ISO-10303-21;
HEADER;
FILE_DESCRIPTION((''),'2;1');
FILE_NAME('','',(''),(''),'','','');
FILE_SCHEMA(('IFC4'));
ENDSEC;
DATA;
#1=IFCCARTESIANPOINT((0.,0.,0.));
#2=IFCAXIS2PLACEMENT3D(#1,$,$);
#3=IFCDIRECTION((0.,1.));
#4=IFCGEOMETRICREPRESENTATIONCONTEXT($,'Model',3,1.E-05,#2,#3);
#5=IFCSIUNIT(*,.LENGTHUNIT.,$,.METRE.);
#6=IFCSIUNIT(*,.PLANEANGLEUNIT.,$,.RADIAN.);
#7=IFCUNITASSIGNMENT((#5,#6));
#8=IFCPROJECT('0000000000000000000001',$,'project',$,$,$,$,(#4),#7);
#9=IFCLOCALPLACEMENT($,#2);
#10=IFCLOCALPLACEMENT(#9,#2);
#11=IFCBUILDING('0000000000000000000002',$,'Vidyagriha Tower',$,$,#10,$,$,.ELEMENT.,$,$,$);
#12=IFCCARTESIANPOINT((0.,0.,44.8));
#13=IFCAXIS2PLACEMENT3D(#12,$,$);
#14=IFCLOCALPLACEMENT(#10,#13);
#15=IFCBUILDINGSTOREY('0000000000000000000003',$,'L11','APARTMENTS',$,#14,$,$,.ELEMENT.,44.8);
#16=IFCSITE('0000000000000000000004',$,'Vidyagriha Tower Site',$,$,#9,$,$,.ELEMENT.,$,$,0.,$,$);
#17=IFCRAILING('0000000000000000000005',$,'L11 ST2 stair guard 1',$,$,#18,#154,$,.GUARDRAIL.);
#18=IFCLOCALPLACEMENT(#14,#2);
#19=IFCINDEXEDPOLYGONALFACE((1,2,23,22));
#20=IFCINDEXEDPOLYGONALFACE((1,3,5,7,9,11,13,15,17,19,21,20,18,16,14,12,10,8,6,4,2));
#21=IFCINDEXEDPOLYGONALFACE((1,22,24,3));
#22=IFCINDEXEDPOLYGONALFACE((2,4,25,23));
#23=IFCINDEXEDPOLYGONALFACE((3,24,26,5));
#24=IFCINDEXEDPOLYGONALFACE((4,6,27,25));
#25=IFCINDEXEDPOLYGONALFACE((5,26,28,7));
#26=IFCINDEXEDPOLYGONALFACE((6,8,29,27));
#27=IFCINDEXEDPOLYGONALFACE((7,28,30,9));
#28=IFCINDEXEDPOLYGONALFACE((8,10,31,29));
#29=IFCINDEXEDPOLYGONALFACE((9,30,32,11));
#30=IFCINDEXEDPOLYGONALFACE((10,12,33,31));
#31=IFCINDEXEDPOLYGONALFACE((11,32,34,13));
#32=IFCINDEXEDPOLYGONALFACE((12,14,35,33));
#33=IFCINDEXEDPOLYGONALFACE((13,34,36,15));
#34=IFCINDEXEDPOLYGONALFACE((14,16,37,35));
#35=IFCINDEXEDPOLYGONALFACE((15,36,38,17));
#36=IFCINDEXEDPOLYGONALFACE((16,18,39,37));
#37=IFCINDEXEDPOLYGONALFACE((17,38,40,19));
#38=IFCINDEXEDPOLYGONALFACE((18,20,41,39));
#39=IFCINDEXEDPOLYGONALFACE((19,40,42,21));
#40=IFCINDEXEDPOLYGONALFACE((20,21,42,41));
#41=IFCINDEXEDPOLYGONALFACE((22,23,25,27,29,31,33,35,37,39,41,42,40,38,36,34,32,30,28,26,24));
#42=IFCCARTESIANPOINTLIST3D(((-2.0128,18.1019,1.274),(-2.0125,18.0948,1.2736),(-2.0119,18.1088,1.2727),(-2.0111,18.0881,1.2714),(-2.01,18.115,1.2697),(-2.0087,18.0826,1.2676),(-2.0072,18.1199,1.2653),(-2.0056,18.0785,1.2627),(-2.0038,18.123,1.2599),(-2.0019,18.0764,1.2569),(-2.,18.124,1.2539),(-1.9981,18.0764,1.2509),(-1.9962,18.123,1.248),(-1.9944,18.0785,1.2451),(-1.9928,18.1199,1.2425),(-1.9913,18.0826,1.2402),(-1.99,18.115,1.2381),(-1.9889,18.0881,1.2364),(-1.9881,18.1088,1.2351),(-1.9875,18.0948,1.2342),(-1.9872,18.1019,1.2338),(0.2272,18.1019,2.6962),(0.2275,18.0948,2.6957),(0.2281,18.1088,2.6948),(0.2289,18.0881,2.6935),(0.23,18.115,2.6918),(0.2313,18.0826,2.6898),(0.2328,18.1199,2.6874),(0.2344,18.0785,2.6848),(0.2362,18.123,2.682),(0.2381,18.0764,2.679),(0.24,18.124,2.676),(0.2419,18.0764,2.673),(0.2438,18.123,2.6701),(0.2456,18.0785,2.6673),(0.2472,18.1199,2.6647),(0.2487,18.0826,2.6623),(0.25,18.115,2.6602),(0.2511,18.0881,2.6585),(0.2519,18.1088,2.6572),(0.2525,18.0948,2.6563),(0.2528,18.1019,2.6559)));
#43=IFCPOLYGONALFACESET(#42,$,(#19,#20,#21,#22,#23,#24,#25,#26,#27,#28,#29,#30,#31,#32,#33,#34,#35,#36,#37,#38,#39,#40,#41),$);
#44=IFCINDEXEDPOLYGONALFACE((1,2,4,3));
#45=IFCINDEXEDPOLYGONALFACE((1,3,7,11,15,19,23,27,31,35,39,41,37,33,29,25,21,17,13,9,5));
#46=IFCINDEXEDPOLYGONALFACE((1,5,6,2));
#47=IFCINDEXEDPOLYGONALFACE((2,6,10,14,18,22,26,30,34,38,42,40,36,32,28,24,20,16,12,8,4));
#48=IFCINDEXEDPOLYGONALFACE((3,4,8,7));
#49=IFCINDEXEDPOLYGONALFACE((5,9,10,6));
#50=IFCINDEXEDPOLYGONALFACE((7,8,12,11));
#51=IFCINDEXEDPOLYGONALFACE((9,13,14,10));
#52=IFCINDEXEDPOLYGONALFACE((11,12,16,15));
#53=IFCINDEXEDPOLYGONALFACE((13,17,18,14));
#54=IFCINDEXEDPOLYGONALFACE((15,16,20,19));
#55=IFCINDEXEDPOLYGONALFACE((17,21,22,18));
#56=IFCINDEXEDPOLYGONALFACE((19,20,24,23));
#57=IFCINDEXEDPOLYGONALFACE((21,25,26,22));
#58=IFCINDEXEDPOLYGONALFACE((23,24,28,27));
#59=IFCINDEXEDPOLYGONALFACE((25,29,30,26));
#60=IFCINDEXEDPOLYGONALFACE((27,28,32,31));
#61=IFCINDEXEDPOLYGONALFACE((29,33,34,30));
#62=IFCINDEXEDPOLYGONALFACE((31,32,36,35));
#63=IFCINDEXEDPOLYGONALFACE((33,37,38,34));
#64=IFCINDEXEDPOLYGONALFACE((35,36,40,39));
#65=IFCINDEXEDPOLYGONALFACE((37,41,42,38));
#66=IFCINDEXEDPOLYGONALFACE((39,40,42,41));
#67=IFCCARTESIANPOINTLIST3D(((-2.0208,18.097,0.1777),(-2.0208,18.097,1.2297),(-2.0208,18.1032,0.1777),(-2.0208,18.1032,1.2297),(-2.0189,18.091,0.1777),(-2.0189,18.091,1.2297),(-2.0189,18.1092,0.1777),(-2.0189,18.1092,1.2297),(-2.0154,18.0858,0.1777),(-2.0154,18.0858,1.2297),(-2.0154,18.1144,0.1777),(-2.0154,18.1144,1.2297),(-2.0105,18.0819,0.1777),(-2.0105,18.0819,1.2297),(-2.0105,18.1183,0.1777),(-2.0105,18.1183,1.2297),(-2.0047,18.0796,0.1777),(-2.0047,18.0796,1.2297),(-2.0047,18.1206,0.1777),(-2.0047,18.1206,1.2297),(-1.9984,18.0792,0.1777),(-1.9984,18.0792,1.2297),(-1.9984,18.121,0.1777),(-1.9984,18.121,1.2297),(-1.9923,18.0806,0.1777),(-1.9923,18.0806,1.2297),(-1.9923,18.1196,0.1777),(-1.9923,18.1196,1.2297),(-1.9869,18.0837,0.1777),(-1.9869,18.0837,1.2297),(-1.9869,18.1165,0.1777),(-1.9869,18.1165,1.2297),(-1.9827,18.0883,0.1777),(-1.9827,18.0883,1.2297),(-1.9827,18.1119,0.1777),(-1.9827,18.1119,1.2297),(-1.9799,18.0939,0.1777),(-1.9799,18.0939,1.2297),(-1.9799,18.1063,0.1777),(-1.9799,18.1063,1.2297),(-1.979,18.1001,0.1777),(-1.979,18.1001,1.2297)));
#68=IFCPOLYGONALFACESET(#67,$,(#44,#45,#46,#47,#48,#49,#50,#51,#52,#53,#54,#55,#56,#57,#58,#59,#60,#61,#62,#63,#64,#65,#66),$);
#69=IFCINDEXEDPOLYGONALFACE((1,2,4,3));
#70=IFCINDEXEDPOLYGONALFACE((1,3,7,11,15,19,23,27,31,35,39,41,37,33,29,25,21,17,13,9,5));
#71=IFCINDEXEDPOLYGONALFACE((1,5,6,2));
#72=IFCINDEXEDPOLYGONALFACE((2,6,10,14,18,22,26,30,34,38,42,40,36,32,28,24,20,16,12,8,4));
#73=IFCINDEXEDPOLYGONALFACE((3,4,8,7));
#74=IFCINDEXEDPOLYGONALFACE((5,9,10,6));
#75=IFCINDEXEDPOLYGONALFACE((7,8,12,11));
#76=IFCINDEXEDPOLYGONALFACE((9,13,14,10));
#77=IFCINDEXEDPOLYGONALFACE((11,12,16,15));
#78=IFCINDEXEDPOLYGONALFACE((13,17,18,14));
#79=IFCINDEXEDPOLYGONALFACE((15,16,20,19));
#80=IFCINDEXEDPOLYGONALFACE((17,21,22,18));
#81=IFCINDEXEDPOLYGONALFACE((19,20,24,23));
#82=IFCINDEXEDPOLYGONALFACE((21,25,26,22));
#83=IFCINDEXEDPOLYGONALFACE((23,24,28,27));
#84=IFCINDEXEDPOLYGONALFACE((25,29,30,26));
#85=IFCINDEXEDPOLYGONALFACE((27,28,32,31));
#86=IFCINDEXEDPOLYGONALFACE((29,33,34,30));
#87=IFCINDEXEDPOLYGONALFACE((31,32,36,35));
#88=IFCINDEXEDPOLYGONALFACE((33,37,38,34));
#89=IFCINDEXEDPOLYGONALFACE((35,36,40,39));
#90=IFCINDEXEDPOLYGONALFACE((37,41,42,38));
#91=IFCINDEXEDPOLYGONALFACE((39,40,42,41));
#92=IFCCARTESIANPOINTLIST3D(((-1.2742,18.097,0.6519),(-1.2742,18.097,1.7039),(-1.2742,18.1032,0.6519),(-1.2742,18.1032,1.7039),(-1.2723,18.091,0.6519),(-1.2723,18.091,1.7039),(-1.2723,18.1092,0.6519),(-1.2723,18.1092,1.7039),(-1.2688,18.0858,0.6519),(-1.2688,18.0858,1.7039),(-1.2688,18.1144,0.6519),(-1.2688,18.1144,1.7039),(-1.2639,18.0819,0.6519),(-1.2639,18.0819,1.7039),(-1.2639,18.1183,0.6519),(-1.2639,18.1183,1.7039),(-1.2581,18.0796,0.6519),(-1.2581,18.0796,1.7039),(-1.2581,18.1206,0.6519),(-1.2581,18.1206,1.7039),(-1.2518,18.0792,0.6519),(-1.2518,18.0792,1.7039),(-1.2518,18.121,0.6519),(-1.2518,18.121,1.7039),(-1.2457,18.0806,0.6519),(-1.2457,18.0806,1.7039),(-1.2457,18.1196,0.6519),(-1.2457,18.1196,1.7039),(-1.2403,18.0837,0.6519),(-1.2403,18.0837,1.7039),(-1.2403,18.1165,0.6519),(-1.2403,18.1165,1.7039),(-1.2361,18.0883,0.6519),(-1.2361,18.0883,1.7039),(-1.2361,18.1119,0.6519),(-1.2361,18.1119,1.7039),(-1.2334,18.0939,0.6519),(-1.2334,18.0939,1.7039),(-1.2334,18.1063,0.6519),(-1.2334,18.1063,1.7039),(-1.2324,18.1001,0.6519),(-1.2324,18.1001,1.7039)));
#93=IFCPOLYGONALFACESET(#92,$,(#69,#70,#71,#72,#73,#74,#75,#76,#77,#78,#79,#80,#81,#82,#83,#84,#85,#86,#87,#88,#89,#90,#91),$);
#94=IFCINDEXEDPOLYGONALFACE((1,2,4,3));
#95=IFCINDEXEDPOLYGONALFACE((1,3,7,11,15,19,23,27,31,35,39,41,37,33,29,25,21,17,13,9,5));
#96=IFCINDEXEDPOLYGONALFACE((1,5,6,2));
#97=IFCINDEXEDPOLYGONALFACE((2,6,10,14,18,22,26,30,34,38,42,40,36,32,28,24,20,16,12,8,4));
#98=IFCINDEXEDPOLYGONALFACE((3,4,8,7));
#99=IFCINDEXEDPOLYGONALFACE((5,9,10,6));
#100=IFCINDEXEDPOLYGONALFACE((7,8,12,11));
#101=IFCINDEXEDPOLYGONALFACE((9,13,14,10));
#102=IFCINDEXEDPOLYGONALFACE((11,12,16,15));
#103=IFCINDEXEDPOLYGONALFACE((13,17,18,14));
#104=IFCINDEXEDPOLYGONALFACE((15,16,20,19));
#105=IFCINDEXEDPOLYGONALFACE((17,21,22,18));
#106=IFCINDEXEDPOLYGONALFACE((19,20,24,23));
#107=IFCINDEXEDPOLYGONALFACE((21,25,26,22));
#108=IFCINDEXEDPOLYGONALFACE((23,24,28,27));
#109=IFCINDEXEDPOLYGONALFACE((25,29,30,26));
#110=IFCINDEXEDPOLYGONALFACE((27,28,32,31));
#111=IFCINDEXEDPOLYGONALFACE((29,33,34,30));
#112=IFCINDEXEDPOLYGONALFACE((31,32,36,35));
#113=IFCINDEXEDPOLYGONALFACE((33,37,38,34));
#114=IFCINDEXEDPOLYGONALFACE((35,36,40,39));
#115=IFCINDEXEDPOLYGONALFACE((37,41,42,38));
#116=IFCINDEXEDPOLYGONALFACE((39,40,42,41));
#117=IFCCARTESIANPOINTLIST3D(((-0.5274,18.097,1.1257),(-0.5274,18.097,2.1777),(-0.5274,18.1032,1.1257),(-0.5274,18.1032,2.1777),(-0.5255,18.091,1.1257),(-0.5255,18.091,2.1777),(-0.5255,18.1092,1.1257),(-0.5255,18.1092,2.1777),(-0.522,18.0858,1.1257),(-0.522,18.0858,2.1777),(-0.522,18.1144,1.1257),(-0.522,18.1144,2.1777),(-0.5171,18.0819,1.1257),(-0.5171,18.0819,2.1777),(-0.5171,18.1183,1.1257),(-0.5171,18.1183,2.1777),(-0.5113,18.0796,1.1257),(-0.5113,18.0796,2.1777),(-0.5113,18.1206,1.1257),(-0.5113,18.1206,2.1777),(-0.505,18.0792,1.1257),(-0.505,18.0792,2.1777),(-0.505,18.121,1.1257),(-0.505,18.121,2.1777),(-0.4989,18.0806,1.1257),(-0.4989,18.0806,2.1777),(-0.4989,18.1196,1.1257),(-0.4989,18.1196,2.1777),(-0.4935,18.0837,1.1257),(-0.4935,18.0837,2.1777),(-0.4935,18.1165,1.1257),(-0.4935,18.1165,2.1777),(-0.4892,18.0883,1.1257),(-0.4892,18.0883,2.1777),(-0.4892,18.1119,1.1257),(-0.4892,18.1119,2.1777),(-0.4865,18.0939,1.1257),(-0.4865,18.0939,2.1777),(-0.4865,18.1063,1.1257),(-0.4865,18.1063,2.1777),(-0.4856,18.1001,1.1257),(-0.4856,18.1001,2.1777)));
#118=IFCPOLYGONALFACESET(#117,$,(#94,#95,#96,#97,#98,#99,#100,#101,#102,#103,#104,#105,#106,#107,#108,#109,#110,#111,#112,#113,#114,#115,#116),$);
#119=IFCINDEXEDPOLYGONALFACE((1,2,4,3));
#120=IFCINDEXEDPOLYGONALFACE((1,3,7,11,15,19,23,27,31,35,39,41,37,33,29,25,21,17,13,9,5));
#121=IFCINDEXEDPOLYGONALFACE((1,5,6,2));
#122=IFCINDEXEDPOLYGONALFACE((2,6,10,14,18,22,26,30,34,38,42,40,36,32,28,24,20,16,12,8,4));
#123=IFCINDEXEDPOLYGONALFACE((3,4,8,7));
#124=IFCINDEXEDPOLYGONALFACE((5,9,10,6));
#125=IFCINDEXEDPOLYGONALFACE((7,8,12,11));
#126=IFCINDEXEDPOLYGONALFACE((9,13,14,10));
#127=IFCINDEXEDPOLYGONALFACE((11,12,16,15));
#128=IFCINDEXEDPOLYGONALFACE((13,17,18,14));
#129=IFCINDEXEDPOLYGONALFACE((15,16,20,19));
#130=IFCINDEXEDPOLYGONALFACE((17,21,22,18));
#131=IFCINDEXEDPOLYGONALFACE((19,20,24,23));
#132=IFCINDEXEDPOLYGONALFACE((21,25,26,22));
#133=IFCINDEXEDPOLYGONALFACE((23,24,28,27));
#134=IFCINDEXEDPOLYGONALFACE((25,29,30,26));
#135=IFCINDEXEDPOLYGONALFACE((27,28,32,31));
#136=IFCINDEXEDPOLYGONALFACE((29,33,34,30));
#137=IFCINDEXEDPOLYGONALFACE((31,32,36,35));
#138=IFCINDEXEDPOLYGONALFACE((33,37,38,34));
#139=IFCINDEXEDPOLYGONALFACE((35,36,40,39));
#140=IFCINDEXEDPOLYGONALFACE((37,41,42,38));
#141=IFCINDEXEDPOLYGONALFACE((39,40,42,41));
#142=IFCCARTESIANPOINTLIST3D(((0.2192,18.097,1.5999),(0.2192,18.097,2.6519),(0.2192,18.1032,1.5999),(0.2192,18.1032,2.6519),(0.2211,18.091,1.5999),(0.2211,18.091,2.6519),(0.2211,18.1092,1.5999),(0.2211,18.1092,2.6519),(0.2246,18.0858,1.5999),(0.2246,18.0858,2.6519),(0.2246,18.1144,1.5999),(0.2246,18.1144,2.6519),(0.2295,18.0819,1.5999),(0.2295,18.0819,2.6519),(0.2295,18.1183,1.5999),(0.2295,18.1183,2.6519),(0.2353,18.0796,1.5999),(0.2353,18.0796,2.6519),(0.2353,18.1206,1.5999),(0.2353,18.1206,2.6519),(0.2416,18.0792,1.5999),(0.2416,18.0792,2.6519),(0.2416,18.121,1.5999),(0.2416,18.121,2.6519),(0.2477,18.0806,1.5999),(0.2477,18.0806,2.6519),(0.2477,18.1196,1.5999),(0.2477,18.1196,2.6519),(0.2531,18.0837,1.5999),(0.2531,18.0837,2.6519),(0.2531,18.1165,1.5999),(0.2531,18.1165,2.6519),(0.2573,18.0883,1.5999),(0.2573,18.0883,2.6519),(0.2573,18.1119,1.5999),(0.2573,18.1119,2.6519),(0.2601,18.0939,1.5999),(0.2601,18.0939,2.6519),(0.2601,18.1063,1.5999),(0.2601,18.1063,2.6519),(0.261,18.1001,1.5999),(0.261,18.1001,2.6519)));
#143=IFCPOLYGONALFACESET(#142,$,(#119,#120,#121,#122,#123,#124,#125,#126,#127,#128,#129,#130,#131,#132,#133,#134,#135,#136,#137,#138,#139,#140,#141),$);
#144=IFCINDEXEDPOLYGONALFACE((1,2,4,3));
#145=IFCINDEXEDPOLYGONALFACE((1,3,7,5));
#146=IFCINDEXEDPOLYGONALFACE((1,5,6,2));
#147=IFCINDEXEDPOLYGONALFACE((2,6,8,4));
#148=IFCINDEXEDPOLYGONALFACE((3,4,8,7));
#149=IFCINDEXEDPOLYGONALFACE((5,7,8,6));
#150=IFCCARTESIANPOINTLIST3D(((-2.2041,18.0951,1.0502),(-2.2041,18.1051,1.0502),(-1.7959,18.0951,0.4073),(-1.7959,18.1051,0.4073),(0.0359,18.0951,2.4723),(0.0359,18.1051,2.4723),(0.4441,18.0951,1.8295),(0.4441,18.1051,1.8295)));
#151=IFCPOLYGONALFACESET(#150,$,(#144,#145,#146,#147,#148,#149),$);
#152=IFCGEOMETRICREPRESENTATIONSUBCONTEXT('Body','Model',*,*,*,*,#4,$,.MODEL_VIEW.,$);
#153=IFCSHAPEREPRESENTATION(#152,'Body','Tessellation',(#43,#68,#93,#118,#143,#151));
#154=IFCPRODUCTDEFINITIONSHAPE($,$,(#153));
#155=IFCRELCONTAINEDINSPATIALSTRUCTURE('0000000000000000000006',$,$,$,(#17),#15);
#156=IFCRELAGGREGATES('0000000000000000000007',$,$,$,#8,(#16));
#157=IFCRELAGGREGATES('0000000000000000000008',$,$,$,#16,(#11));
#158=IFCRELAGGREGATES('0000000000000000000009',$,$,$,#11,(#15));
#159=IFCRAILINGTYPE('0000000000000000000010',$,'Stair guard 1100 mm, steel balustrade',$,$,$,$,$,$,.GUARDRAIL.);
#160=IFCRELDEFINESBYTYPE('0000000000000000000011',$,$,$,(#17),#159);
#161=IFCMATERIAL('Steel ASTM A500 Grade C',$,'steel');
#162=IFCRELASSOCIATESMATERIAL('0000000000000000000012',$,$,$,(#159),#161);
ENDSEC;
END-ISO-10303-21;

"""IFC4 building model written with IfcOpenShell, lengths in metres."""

from ifc_helpers import new_model, si_unit, direction, frame, origin, origin_2d, place, context, subcontext, project, spatial, rectangle, circle, extrude, material, type_object, element, save


model = new_model("IFC4")

# Units and contexts
model_context = context("Model", 3, precision=1e-05, world=origin(), true_north=direction((0.0, 1.0)))
body_context = subcontext(model_context, "Body", "Model", "MODEL_VIEW")
ifc_project = project(units=[si_unit("LENGTHUNIT", "METRE"), si_unit("PLANEANGLEUNIT", "RADIAN")], contexts=[model_context])

# Site, building, storey
site_placement = place(None, origin())
site = spatial("IfcSite", under=ifc_project, at=site_placement, Name="Vidyagriha Tower Site", CompositionType="ELEMENT", RefElevation=0.0)
building_placement = place(site_placement, origin())
building = spatial("IfcBuilding", under=site, at=building_placement, Name="Vidyagriha Tower", CompositionType="ELEMENT")
storey_placement = place(building_placement, frame((0.0, 0.0, 44.8)))
storey = spatial("IfcBuildingStorey", under=building, at=storey_placement, Name="L11", Description="APARTMENTS", CompositionType="ELEMENT", Elevation=44.8)

# Railing
ifc_material_1 = material(Name="Steel ASTM A500 Grade C", Category="steel")
railing_type_1 = type_object("IfcRailingType", Name="Stair guard 1100 mm, steel balustrade", PredefinedType="GUARDRAIL", material=ifc_material_1)
railing_1_placement = place(storey_placement, frame((-2.0, 18.1001, 0.1777)))
element("IfcRailing", 1, at=railing_1_placement, inside=storey, type_object=railing_type_1, Name="L11 ST2 stair guard 1", PredefinedType="GUARDRAIL", context=body_context, shape_type="SweptSolid", body=[
    extrude(circle(Radius=0.0239, at=origin_2d()), frame((0.0, 0.0, 1.0762), z_axis=(0.844229, 0.0, 0.535982), x_axis=(0.0, 1.0, 0.0)), (0.0, 0.0, 1.0), 2.6533),
    extrude(circle(Radius=0.021, at=origin_2d()), origin(), (0.0, 0.0, 1.0), 1.052),
    extrude(circle(Radius=0.021, at=origin_2d()), frame((0.7466, 0.0, 0.4741)), (0.0, 0.0, 1.0), 1.052),
    extrude(circle(Radius=0.021, at=origin_2d()), frame((1.4934, 0.0, 0.948)), (0.0, 0.0, 1.0), 1.052),
    extrude(circle(Radius=0.021, at=origin_2d()), frame((2.24, 0.0, 1.4221)), (0.0, 0.0, 1.0), 1.052),
    extrude(rectangle(XDim=0.01, YDim=0.7615, at=origin_2d()), frame((0.0, 0.0, 0.551), z_axis=(0.844229, 0.0, 0.535982), x_axis=(0.0, 1.0, 0.0)), (0.0, 0.0, 1.0), 2.6533),
])

save(model, "model.ifc")
